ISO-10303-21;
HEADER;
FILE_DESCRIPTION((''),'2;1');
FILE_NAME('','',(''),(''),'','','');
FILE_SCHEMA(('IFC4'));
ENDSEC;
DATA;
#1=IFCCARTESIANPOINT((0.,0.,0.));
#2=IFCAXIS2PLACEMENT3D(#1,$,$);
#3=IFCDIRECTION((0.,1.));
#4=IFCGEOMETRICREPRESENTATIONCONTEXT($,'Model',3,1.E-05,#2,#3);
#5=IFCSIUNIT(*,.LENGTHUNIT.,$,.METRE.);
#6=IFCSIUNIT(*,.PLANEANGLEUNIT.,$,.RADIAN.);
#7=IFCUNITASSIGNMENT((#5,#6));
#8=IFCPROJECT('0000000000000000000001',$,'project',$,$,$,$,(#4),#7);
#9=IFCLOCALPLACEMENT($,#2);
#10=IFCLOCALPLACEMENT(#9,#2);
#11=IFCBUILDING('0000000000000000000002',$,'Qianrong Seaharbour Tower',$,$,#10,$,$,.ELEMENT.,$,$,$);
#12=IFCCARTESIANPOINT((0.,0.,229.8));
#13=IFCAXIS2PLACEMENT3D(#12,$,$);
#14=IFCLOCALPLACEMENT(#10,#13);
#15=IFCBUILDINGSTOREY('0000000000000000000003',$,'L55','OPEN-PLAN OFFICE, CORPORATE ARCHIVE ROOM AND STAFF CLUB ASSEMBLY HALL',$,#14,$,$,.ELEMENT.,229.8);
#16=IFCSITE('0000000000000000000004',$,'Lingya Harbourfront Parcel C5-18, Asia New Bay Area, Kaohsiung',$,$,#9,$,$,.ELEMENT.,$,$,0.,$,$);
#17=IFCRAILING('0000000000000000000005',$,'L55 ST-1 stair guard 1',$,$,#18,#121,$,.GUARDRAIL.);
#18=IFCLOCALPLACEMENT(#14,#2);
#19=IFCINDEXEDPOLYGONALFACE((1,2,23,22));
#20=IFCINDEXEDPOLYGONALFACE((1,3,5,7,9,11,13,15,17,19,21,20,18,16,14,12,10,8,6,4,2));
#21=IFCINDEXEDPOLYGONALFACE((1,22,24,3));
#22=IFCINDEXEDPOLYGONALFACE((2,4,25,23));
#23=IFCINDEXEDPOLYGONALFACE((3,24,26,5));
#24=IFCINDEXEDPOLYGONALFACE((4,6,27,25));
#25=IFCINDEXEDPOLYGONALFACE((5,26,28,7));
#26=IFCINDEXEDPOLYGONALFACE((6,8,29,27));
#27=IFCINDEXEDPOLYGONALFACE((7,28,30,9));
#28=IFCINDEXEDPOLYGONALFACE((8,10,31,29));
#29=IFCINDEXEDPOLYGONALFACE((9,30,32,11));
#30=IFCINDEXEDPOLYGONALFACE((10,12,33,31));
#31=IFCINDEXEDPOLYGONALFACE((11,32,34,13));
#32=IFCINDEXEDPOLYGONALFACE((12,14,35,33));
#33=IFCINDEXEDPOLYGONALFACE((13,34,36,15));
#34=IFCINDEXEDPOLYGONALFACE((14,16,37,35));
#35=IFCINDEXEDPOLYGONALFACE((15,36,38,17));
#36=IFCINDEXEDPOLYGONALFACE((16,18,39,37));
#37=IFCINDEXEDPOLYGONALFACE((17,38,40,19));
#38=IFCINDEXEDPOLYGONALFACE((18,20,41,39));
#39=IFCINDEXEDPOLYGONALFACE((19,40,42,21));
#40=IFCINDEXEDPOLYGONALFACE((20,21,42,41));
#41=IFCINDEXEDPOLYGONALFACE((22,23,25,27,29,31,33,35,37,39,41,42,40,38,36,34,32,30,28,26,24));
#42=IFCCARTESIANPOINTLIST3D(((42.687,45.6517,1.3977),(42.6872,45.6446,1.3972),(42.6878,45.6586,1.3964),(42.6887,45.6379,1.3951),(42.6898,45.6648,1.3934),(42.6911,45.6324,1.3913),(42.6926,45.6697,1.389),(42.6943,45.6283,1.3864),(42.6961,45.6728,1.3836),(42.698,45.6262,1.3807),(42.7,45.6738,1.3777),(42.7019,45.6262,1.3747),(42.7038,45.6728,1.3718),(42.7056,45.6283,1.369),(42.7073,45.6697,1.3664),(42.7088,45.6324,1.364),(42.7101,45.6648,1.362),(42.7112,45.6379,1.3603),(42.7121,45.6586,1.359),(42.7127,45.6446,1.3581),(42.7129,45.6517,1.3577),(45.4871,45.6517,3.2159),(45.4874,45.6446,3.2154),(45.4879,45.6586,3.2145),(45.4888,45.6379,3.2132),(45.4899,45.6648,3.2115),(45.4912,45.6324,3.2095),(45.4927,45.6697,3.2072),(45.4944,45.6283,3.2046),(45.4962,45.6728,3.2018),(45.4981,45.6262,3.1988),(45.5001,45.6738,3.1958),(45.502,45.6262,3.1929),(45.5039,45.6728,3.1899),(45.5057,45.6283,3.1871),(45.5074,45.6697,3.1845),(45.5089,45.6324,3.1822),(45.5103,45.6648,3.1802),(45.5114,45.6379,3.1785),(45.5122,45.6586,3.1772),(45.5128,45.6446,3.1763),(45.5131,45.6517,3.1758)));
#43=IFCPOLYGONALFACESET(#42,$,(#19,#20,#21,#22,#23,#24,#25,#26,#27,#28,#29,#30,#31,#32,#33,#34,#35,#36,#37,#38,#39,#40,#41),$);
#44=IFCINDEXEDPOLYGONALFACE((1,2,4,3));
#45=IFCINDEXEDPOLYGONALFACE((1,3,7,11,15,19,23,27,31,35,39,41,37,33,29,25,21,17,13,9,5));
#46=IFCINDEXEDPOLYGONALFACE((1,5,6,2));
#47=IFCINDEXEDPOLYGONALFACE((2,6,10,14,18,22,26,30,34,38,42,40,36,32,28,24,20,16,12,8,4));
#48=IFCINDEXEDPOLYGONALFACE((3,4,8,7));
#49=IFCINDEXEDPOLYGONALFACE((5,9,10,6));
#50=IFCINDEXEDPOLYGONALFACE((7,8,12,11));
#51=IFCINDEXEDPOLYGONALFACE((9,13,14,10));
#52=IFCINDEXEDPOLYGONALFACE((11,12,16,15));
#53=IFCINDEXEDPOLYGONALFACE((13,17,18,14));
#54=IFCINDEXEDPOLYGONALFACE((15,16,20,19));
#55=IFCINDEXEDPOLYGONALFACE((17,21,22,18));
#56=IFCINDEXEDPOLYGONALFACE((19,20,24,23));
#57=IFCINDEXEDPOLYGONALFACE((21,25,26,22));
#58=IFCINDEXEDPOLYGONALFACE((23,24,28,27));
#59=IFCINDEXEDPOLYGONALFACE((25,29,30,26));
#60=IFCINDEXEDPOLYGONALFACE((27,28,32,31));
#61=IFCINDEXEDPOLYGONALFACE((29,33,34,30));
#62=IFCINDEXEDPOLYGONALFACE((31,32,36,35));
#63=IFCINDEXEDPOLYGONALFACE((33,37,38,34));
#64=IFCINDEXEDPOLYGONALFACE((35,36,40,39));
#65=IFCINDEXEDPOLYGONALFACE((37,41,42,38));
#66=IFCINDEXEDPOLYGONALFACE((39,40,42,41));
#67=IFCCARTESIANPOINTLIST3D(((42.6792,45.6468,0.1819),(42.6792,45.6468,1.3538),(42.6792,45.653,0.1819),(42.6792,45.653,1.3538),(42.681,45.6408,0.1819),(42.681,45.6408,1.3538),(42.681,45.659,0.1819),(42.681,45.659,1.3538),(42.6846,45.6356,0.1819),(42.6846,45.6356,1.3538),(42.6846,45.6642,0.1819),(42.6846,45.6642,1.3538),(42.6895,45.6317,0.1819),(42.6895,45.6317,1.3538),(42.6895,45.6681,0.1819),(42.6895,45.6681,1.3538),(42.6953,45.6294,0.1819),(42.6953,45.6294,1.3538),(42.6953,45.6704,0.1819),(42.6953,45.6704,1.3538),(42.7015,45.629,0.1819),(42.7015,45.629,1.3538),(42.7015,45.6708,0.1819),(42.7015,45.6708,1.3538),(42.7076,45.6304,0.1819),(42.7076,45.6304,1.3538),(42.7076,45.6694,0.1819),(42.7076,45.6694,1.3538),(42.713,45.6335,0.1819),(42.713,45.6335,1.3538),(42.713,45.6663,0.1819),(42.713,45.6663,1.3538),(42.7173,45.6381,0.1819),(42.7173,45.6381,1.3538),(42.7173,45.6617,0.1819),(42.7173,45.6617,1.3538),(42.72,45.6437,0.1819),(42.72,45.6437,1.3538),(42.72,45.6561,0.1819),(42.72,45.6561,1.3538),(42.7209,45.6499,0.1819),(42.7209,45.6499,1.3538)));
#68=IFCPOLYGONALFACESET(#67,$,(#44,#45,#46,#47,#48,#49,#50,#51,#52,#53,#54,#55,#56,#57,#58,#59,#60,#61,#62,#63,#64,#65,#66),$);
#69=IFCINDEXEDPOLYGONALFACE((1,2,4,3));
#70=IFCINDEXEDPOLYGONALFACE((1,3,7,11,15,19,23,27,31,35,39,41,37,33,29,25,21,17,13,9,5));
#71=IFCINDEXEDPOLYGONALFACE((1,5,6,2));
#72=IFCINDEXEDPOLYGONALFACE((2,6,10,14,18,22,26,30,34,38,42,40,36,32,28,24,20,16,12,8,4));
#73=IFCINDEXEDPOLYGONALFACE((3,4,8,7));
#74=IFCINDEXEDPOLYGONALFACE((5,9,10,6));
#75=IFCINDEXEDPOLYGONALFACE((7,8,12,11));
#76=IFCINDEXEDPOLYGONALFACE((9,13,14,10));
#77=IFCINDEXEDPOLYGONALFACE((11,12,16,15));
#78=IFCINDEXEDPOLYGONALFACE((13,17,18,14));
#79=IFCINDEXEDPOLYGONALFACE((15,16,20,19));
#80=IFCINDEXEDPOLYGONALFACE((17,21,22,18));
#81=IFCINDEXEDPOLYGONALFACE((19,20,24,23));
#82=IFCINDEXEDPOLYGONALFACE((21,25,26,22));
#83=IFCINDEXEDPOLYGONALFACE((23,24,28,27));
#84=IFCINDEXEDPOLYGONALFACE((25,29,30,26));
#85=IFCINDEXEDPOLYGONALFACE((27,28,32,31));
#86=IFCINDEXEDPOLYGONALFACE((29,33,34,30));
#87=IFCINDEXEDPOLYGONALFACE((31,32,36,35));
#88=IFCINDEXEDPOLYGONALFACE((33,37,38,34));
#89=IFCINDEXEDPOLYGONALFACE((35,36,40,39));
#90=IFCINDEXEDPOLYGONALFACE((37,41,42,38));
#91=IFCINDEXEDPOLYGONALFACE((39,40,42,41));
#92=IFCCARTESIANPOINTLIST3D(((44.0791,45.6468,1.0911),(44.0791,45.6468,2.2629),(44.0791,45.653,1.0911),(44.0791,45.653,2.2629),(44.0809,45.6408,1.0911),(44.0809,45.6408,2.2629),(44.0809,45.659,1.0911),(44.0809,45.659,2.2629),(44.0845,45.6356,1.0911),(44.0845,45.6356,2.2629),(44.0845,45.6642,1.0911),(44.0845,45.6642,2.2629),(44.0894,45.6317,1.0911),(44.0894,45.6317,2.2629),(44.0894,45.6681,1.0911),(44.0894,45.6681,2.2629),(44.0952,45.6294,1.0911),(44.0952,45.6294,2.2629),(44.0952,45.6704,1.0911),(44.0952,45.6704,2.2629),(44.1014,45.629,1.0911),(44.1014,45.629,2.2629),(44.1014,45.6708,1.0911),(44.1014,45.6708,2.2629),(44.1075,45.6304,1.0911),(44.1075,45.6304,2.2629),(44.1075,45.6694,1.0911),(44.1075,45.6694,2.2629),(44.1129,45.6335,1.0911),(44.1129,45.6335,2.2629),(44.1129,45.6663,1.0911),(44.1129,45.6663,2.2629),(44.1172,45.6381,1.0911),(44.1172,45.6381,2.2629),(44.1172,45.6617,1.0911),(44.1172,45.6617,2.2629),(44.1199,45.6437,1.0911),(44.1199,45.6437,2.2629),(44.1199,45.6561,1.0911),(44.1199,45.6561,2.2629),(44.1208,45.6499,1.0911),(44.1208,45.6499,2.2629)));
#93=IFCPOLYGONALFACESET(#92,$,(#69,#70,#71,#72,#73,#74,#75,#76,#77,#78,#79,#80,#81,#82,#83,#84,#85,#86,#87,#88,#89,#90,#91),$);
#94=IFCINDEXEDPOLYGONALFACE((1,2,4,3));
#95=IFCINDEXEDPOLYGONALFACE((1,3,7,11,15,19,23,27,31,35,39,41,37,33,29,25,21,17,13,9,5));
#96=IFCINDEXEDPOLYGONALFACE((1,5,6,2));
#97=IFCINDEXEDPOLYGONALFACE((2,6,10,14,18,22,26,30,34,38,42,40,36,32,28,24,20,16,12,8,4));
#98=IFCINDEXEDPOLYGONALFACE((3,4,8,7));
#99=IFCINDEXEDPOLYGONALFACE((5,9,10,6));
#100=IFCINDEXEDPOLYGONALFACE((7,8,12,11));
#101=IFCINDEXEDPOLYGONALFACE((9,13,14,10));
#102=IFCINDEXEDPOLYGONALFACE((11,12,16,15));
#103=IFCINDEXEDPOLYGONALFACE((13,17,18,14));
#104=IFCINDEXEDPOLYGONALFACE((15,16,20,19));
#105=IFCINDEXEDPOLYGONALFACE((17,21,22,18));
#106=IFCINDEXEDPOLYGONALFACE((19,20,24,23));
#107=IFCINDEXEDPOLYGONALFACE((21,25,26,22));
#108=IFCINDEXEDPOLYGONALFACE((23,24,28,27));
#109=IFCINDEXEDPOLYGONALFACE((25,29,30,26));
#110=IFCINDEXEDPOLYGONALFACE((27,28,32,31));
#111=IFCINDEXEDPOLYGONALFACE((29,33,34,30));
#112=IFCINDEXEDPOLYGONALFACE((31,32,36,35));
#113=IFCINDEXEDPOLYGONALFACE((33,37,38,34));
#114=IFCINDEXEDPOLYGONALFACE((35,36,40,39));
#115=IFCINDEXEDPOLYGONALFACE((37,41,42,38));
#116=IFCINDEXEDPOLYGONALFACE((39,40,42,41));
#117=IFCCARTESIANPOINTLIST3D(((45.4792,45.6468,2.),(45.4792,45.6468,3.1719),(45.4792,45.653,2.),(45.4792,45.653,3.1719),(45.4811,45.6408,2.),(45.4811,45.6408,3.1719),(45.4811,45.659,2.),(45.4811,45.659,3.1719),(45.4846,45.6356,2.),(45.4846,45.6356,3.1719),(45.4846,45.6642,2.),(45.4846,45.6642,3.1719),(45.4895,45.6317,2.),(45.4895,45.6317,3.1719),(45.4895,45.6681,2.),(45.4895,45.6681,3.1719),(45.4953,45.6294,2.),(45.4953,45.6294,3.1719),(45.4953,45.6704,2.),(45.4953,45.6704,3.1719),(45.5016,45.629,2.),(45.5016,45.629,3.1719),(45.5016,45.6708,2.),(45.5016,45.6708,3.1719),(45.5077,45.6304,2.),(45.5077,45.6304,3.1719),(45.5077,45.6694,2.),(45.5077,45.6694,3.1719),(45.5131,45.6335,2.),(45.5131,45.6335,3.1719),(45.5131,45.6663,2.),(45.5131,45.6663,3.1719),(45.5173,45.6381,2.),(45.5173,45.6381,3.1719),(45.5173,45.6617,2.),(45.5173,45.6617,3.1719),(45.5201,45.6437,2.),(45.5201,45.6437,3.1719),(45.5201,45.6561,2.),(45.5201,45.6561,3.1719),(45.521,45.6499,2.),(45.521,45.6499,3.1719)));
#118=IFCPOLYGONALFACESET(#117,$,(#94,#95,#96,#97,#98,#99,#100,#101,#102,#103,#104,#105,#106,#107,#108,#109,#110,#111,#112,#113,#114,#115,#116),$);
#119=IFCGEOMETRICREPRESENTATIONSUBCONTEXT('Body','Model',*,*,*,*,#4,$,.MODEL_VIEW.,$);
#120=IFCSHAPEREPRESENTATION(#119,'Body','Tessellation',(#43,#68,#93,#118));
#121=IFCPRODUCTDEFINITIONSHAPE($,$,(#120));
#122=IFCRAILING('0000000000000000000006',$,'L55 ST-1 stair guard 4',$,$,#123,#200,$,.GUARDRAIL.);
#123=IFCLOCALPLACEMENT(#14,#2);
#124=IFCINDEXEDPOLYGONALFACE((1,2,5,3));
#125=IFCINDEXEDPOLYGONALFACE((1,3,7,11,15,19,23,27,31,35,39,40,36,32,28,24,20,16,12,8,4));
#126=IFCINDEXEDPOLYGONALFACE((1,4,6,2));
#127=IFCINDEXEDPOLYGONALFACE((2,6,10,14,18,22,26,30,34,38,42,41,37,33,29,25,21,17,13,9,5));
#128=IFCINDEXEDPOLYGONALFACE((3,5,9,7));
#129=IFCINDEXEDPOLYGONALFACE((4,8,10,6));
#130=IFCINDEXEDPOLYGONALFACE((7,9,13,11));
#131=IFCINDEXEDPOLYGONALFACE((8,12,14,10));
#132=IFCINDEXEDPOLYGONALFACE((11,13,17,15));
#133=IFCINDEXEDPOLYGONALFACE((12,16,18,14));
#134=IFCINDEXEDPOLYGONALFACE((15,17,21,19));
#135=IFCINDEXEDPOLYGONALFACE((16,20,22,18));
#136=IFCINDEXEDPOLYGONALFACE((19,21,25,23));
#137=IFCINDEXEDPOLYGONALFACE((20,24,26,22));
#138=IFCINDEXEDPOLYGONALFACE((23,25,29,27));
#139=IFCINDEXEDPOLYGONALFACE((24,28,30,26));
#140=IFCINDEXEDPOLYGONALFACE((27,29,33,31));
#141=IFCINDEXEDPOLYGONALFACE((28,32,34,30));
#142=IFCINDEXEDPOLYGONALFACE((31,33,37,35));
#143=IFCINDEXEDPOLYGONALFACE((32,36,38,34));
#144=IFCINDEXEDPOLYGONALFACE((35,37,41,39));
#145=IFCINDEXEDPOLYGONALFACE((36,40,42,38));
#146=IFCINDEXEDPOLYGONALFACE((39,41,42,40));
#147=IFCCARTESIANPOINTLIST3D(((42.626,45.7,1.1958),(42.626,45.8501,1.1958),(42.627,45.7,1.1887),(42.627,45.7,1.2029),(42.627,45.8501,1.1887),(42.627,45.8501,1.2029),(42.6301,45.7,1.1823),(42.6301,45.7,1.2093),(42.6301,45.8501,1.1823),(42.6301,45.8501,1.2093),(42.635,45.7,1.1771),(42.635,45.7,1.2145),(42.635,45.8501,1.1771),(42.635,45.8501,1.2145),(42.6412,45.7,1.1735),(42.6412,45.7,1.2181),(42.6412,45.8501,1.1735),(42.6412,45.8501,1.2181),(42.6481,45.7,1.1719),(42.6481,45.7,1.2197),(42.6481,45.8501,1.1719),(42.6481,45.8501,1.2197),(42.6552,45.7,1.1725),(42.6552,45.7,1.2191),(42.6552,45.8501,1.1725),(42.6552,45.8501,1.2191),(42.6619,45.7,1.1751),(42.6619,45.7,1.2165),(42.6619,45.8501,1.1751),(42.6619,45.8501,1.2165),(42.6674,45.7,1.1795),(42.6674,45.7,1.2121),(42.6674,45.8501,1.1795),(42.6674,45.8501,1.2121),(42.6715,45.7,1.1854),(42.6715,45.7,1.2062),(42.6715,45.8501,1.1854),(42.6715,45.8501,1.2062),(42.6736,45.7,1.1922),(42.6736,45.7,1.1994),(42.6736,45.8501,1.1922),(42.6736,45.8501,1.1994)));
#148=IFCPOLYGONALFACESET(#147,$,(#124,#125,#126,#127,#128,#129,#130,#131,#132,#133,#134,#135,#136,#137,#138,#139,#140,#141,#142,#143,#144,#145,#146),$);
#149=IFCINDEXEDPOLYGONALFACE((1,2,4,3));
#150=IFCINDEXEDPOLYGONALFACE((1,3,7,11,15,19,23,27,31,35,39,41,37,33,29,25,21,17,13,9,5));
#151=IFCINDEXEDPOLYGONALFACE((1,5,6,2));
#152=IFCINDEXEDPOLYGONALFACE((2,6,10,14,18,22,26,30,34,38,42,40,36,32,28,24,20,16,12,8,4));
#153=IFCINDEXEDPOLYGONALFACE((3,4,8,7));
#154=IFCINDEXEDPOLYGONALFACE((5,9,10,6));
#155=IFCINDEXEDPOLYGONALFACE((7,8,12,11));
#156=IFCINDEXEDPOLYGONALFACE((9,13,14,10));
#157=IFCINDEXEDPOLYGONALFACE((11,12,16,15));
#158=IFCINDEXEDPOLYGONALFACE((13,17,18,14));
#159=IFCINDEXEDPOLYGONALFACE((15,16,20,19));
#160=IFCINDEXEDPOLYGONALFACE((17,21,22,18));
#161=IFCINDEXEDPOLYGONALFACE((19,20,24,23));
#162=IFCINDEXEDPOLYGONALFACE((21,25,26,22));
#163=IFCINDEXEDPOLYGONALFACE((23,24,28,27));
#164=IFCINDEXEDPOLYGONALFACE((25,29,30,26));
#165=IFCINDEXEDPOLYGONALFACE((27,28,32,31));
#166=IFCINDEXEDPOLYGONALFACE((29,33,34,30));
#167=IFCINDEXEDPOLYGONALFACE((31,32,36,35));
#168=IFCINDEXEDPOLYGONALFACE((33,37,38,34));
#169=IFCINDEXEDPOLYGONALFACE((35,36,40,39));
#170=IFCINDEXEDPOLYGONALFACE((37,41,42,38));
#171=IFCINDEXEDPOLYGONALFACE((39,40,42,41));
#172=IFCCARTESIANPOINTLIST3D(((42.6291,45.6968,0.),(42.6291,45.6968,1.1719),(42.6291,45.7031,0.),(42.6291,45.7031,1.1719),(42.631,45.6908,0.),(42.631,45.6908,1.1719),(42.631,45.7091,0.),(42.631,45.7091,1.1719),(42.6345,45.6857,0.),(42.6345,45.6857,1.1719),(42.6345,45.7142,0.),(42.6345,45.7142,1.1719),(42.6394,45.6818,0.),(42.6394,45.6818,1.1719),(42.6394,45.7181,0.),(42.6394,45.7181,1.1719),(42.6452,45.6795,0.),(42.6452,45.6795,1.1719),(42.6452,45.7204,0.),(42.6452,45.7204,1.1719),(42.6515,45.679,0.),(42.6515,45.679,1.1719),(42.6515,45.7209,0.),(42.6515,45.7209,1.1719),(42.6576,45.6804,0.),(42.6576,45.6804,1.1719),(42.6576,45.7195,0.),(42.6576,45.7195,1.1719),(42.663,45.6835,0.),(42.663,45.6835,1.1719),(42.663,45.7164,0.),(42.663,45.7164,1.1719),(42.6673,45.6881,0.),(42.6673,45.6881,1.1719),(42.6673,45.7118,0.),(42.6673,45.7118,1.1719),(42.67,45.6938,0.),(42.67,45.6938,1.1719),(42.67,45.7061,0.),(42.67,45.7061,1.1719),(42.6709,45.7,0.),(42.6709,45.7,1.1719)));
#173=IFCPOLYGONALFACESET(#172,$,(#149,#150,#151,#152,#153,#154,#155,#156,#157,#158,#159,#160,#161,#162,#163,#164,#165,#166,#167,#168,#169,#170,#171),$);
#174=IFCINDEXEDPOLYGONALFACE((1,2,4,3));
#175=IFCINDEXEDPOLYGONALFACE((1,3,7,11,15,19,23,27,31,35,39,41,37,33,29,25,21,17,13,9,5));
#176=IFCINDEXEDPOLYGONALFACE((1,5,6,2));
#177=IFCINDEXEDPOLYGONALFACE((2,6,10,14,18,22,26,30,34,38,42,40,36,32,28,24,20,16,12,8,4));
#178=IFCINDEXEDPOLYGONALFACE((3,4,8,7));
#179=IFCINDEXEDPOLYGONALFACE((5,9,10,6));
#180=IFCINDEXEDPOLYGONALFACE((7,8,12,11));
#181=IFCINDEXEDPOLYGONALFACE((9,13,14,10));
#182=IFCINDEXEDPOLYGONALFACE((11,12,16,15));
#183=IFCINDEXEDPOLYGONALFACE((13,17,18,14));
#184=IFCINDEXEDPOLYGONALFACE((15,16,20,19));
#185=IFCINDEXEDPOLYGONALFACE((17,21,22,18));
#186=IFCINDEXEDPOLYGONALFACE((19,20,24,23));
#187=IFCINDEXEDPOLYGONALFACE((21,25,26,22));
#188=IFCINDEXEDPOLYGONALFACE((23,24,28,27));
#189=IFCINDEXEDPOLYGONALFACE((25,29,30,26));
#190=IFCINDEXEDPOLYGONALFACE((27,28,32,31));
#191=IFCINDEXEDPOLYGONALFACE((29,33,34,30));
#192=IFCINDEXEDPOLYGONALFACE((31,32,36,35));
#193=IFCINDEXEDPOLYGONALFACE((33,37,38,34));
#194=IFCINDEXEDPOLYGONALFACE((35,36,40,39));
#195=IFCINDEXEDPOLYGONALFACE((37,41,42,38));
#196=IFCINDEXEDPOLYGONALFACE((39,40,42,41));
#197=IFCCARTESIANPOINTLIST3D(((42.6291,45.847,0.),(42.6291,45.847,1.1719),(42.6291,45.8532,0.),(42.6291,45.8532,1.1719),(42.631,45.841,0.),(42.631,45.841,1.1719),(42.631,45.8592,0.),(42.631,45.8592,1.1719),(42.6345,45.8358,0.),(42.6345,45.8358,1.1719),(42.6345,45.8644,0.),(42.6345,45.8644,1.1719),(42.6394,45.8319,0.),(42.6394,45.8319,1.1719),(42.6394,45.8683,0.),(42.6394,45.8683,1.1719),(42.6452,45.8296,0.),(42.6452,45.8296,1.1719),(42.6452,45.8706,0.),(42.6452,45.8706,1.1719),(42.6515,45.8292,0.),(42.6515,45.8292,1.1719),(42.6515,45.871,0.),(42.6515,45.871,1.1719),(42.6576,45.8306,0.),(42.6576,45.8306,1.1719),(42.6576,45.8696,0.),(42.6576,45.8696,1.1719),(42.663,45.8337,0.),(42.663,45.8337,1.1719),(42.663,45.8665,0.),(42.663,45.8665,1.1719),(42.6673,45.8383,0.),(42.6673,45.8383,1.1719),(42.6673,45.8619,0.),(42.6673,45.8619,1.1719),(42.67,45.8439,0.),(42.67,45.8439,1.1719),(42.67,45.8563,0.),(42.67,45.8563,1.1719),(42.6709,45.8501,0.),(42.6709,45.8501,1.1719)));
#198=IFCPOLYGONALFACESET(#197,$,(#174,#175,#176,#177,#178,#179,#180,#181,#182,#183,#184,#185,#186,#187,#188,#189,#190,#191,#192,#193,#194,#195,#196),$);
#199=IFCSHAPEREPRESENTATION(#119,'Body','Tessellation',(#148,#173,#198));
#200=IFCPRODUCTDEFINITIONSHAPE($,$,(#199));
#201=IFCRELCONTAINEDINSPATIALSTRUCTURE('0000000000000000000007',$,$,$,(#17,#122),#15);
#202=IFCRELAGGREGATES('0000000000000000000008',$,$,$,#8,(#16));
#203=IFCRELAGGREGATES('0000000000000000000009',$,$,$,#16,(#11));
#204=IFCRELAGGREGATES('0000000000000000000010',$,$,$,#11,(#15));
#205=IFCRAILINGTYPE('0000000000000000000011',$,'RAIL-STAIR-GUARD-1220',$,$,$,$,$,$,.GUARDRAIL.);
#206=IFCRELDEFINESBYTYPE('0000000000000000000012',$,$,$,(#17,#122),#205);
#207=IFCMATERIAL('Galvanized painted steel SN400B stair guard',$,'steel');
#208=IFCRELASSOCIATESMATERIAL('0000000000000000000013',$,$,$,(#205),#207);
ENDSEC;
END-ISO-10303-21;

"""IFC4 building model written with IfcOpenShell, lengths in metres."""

from ifc_helpers import new_model, si_unit, direction, frame, origin, origin_2d, place, context, subcontext, project, spatial, circle, extrude, material, type_object, element, save


model = new_model("IFC4")

# Units and contexts
model_context = context("Model", 3, precision=1e-05, world=origin(), true_north=direction((0.0, 1.0)))
body_context = subcontext(model_context, "Body", "Model", "MODEL_VIEW")
ifc_project = project(units=[si_unit("LENGTHUNIT", "METRE"), si_unit("PLANEANGLEUNIT", "RADIAN")], contexts=[model_context])

# Site, building, storey
site_placement = place(None, origin())
site = spatial("IfcSite", under=ifc_project, at=site_placement, Name="Lingya Harbourfront Parcel C5-18, Asia New Bay Area, Kaohsiung", CompositionType="ELEMENT", RefElevation=0.0)
building_placement = place(site_placement, origin())
building = spatial("IfcBuilding", under=site, at=building_placement, Name="Qianrong Seaharbour Tower", CompositionType="ELEMENT")
storey_placement = place(building_placement, frame((0.0, 0.0, 229.8)))
storey = spatial("IfcBuildingStorey", under=building, at=storey_placement, Name="L55", Description="OPEN-PLAN OFFICE, CORPORATE ARCHIVE ROOM AND STAFF CLUB ASSEMBLY HALL", CompositionType="ELEMENT", Elevation=229.8)

# Railings
ifc_material_1 = material(Name="Galvanized painted steel SN400B stair guard", Category="steel")
railing_type = type_object("IfcRailingType", Name="RAIL-STAIR-GUARD-1220", PredefinedType="GUARDRAIL", material=ifc_material_1)
railing_1_placement = place(storey_placement, frame((42.7, 45.6499, 0.1819)))
element("IfcRailing", 1, at=railing_1_placement, inside=storey, type_object=railing_type, Name="L55 ST-1 stair guard 1", PredefinedType="GUARDRAIL", context=body_context, shape_type="SweptSolid", body=[
    extrude(circle(Radius=0.0239, at=origin_2d()), frame((0.0, 0.0, 1.1958), z_axis=(0.838706, 0.0, 0.544585), x_axis=(0.0, 1.0, 0.0)), (0.0, 0.0, 1.0), 3.3386),
    extrude(circle(Radius=0.021, at=origin_2d()), origin(), (0.0, 0.0, 1.0), 1.1719),
    extrude(circle(Radius=0.021, at=origin_2d()), frame((1.3999, 0.0, 0.9092)), (0.0, 0.0, 1.0), 1.1719),
    extrude(circle(Radius=0.021, at=origin_2d()), frame((2.8, 0.0, 1.8181)), (0.0, 0.0, 1.0), 1.1719),
])
railing_2_placement = place(storey_placement, frame((42.6499, 45.7, 0.0)))
element("IfcRailing", 2, at=railing_2_placement, inside=storey, type_object=railing_type, Name="L55 ST-1 stair guard 4", PredefinedType="GUARDRAIL", context=body_context, shape_type="SweptSolid", body=[
    extrude(circle(Radius=0.0239, at=origin_2d()), frame((0.0, 0.0, 1.1958), z_axis=(0.0, 1.0, 0.0), x_axis=(-1.0, 0.0, 0.0)), (0.0, 0.0, 1.0), 0.1501),
    extrude(circle(Radius=0.021, at=origin_2d()), origin(), (0.0, 0.0, 1.0), 1.1719),
    extrude(circle(Radius=0.021, at=origin_2d()), frame((0.0, 0.1501, 0.0)), (0.0, 0.0, 1.0), 1.1719),
])

save(model, "model.ifc")
